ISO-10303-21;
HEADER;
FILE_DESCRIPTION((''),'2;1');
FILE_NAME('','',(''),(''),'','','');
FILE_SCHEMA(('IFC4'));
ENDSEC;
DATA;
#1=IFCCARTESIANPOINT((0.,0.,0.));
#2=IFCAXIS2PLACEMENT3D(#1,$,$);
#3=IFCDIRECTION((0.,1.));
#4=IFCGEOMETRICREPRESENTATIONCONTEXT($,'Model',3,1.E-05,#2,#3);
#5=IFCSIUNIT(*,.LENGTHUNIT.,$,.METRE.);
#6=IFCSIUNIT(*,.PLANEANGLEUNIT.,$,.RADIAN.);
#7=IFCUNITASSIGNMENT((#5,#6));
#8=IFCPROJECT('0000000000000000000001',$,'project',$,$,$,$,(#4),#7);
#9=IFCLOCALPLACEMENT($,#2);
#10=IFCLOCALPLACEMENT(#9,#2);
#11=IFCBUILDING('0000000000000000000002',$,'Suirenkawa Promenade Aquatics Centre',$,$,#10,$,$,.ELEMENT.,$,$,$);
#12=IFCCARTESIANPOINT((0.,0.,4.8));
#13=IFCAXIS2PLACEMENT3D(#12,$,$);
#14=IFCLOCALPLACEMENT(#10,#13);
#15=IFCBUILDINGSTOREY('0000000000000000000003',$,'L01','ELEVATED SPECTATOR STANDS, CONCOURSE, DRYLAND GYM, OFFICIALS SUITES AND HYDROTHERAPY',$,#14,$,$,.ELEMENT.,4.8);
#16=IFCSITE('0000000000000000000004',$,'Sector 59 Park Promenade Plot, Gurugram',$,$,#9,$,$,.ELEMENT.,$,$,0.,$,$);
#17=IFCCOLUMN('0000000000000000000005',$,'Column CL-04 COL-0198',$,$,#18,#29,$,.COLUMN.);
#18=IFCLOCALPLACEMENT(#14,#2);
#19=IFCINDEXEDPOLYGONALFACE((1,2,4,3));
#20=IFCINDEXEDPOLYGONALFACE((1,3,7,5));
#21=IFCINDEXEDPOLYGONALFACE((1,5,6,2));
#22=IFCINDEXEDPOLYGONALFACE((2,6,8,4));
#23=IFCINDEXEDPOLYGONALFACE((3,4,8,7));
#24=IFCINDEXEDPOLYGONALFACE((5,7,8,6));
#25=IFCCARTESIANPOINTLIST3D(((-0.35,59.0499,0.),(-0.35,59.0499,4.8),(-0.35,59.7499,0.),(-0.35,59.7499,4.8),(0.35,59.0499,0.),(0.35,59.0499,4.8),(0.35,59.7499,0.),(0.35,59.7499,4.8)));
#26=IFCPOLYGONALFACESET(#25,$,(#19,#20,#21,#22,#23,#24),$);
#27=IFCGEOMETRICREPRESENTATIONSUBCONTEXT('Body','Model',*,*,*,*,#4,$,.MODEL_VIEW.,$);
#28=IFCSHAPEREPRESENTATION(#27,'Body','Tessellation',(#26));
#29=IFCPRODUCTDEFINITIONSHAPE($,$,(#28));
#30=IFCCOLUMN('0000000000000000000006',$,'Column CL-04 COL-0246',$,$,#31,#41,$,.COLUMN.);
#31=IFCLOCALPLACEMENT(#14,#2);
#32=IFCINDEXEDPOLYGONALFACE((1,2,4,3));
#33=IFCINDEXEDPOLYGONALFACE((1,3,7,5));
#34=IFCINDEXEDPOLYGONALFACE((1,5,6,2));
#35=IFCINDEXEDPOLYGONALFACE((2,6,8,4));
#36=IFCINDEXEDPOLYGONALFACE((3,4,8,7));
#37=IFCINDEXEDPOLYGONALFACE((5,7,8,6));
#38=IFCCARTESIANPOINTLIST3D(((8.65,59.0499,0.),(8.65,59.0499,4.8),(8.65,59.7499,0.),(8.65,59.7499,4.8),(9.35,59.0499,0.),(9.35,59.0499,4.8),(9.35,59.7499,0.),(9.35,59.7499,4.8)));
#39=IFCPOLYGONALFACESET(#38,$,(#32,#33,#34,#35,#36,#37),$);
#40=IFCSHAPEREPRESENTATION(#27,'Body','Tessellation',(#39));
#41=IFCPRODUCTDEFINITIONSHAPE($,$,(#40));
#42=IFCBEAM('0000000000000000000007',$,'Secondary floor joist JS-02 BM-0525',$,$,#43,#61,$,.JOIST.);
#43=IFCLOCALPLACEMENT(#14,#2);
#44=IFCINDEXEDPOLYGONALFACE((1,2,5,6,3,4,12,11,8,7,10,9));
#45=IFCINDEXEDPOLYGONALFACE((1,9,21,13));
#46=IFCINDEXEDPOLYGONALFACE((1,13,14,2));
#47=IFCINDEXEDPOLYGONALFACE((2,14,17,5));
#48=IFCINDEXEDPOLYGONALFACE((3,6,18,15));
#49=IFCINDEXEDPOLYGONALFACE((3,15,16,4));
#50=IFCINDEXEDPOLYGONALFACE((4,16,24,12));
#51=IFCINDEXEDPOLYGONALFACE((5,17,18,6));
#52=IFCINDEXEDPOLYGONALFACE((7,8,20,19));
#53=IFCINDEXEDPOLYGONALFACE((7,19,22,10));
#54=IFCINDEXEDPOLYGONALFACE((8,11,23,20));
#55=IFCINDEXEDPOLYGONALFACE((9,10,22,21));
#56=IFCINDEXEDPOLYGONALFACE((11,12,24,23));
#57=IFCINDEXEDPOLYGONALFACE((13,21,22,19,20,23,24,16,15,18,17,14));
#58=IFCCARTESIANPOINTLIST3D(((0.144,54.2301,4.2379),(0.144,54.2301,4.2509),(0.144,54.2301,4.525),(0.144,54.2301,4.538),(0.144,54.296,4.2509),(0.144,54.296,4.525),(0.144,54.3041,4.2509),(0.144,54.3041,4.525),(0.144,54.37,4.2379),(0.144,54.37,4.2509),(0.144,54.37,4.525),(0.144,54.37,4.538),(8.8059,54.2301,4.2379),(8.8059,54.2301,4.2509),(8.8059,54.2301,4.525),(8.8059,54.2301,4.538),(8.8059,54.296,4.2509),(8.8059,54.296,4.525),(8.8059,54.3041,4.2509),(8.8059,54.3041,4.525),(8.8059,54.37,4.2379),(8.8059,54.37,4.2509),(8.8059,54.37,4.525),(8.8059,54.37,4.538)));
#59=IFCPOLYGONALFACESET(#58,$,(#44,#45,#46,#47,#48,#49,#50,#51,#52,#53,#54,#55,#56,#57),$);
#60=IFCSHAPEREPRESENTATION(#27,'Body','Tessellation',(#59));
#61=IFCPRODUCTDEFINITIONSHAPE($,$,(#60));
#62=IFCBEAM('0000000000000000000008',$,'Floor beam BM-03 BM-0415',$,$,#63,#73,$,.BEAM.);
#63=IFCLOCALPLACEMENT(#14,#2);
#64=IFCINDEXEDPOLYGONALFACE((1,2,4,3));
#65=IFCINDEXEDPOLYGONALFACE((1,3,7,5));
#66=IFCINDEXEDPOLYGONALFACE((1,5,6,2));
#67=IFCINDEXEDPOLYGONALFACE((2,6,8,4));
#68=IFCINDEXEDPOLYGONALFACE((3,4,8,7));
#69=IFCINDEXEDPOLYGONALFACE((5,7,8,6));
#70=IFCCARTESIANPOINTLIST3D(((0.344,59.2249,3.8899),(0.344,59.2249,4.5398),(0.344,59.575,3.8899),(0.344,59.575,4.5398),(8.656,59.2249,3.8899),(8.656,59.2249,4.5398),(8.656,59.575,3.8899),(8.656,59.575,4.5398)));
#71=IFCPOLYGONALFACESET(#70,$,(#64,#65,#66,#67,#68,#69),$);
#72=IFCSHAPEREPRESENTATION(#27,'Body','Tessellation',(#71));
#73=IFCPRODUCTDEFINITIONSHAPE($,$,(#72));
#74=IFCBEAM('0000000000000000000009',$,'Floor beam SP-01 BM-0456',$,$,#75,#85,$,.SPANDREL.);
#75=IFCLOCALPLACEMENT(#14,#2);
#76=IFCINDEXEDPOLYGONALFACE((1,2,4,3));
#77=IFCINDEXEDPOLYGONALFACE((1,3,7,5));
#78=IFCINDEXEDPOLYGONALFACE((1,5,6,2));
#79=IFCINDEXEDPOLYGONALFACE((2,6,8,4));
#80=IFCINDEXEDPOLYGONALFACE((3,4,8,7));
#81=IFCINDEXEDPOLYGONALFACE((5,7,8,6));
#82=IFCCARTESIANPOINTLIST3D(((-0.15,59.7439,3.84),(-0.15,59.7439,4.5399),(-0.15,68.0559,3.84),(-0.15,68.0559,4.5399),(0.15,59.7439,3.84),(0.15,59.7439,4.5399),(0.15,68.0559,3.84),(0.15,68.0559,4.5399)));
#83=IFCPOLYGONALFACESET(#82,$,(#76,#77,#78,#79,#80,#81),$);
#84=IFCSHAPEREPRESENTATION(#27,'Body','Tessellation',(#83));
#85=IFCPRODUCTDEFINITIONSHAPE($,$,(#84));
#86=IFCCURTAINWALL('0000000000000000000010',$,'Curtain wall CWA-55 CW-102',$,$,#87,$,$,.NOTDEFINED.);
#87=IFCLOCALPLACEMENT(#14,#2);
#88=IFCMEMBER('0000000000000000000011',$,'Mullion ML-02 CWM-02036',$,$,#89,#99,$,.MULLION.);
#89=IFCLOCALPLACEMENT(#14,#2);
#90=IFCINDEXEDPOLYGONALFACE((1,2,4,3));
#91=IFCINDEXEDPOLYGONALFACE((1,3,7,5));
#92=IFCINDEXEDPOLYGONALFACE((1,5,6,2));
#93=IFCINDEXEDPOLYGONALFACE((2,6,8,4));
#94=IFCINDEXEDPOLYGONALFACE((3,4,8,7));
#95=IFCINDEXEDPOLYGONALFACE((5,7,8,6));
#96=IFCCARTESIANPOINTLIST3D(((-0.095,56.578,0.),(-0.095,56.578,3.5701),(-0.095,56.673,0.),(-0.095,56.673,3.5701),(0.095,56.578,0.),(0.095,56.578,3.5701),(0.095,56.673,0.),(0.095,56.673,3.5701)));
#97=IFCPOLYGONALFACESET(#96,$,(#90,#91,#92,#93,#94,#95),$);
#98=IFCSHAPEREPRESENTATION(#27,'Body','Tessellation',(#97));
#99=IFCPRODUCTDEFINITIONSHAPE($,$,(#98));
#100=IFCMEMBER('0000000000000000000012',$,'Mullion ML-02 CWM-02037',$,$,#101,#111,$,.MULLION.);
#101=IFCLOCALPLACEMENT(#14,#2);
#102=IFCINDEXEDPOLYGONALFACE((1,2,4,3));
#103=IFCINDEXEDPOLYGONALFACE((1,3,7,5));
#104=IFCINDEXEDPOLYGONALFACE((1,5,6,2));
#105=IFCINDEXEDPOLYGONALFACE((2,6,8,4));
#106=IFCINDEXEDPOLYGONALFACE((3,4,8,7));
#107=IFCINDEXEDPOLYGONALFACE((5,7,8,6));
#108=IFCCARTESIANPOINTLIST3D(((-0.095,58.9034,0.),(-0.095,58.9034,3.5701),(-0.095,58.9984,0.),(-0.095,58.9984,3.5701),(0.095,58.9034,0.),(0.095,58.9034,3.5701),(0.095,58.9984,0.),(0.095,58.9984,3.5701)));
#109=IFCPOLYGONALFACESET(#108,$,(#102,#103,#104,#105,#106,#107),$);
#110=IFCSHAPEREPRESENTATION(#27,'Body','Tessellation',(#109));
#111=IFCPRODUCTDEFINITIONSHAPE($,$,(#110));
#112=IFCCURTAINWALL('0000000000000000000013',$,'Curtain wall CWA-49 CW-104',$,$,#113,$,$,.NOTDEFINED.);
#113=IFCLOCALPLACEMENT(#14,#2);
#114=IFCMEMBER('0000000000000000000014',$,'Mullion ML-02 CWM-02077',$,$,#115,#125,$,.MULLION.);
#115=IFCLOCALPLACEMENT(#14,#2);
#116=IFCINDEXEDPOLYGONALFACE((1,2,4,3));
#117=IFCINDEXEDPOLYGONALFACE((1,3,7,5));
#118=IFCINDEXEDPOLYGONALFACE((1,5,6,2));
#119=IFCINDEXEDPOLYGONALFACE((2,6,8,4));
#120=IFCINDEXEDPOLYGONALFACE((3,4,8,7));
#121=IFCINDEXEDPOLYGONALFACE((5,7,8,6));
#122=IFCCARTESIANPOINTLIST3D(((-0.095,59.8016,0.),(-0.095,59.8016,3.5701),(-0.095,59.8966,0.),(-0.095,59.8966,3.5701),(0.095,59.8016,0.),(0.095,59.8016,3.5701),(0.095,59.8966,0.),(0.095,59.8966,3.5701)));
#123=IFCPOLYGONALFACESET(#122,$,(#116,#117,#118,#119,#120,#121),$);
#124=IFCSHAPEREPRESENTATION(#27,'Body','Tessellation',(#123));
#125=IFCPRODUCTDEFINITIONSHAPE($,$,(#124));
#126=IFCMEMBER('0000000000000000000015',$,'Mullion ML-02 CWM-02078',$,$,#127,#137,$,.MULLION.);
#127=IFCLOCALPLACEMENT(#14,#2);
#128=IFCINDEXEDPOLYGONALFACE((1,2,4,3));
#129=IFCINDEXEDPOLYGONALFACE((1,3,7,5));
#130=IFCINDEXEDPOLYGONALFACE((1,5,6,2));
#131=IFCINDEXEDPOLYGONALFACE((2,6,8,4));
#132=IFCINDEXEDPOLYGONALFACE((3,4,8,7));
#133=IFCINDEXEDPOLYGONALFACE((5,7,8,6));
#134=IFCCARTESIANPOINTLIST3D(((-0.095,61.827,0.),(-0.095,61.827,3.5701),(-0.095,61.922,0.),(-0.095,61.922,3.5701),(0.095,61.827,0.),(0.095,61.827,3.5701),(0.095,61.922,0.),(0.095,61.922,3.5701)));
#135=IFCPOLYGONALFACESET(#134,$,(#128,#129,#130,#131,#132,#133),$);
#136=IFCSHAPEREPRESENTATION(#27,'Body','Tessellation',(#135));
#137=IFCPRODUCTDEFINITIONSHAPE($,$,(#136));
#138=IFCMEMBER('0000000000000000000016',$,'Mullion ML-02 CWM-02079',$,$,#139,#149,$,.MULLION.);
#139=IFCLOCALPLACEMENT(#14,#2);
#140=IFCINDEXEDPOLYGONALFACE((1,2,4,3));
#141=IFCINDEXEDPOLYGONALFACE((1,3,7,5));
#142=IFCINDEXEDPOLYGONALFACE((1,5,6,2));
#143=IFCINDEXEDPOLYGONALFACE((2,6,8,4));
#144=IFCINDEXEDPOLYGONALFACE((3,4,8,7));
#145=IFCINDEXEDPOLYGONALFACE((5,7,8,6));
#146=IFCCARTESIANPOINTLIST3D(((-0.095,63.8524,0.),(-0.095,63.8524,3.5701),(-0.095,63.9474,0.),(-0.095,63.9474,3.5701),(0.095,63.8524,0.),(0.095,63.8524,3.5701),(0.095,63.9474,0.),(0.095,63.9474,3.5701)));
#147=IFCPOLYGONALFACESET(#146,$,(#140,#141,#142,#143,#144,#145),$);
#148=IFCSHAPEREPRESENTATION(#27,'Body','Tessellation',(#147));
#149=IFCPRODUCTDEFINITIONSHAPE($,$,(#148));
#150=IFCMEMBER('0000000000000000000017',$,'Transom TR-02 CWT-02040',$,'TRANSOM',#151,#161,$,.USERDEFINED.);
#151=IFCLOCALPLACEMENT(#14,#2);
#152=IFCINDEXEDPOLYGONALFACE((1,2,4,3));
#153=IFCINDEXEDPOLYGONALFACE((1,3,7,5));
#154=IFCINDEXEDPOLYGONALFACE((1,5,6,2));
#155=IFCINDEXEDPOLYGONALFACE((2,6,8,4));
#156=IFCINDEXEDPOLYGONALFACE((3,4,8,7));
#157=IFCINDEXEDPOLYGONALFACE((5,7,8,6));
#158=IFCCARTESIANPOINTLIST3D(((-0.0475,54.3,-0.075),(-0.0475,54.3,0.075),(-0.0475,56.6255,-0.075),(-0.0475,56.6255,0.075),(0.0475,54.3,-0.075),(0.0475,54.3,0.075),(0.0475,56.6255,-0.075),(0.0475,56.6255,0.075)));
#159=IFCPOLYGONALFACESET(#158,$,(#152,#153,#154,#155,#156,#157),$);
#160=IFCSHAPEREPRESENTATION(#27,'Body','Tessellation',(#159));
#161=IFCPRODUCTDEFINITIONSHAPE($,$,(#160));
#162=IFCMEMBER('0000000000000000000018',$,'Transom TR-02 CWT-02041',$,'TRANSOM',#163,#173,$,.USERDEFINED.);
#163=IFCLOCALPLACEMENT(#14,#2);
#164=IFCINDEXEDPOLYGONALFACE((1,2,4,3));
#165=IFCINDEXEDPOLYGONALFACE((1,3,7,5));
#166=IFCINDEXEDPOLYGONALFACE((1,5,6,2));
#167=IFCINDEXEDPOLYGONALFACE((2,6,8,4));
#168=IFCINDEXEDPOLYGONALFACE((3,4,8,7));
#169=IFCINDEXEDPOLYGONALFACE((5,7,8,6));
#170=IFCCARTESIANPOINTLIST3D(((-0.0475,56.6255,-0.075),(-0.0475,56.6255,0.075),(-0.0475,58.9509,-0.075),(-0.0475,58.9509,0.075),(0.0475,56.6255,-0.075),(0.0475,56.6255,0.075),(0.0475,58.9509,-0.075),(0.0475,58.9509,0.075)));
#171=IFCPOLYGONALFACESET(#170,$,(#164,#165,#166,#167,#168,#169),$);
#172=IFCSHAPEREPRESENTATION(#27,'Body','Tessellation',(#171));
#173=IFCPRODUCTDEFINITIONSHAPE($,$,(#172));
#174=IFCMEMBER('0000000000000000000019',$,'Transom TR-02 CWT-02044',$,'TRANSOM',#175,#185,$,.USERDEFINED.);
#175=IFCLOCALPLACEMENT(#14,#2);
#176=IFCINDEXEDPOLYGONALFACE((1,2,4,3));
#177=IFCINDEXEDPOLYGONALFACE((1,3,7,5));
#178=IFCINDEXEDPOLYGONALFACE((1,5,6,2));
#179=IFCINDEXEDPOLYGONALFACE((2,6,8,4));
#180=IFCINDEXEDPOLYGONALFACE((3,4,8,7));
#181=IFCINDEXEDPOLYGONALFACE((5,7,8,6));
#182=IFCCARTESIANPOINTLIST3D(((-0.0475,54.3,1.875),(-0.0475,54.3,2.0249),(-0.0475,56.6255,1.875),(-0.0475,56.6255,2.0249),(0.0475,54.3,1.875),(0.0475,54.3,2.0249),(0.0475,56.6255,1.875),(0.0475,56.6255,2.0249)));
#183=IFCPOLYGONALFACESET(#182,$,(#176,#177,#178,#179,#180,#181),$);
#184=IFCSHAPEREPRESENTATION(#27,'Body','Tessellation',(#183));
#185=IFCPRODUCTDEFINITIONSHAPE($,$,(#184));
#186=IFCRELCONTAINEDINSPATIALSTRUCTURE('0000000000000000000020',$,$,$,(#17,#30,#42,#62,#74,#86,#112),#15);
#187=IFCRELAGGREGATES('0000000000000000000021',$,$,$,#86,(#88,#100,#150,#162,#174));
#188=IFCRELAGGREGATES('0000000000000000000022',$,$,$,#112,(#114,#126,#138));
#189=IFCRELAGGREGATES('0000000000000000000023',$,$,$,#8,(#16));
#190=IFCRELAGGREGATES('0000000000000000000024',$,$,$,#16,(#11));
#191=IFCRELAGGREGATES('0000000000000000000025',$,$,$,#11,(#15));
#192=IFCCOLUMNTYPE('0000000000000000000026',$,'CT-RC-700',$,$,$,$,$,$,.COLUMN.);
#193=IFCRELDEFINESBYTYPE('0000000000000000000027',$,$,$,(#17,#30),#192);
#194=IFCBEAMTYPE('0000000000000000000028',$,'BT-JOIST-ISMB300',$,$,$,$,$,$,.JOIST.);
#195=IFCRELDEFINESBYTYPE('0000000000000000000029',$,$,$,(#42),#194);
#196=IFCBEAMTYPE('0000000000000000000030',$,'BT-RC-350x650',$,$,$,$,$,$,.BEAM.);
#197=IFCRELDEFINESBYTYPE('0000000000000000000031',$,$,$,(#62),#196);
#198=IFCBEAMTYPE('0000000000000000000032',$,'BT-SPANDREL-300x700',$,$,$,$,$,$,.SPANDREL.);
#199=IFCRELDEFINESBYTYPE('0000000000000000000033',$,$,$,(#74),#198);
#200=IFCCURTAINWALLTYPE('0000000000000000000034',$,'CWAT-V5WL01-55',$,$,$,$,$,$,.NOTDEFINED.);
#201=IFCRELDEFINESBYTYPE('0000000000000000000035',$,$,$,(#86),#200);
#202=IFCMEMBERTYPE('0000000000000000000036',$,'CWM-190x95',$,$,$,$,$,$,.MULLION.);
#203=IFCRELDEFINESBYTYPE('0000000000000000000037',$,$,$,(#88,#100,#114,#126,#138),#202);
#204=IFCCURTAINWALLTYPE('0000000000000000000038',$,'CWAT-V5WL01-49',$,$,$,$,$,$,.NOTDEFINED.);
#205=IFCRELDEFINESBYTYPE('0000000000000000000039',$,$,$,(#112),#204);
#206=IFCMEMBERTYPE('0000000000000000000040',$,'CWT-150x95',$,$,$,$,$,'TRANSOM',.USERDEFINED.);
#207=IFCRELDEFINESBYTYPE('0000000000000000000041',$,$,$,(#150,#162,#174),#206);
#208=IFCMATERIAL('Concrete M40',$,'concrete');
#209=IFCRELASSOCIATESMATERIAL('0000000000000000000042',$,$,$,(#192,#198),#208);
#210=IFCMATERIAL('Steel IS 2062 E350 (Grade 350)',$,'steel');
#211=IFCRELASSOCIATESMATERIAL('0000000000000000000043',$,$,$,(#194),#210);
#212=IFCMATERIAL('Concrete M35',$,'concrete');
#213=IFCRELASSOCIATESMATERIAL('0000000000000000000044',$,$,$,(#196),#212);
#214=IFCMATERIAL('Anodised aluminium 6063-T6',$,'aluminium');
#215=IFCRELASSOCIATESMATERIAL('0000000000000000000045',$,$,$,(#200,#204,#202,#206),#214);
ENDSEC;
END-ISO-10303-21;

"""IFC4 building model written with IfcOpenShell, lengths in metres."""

from ifc_helpers import new_model, si_unit, direction, frame, origin, origin_2d, place, context, subcontext, project, spatial, rectangle, i_section, extrude, material, material_profile, profile_set, type_object, element, aggregate, save


model = new_model("IFC4")

# Units and contexts
model_context = context("Model", 3, precision=1e-05, world=origin(), true_north=direction((0.0, 1.0)))
body_context = subcontext(model_context, "Body", "Model", "MODEL_VIEW")
ifc_project = project(units=[si_unit("LENGTHUNIT", "METRE"), si_unit("PLANEANGLEUNIT", "RADIAN")], contexts=[model_context])

# Site, building, storey
site_placement = place(None, origin())
site = spatial("IfcSite", under=ifc_project, at=site_placement, Name="Sector 59 Park Promenade Plot, Gurugram", CompositionType="ELEMENT", RefElevation=0.0)
building_placement = place(site_placement, origin())
building = spatial("IfcBuilding", under=site, at=building_placement, Name="Suirenkawa Promenade Aquatics Centre", CompositionType="ELEMENT")
storey_placement = place(building_placement, frame((0.0, 0.0, 4.8)))
storey = spatial("IfcBuildingStorey", under=building, at=storey_placement, Name="L01", Description="ELEVATED SPECTATOR STANDS, CONCOURSE, DRYLAND GYM, OFFICIALS SUITES AND HYDROTHERAPY", CompositionType="ELEMENT", Elevation=4.8)

# Columns
ifc_material_1 = material(Name="Concrete M40", Category="concrete")
ifc_material_profile_1 = material_profile(ifc_material_1, rectangle(XDim=0.7, YDim=0.7, at=origin_2d()), Name="RC COL 700x700", Category="concrete")
ifc_profile_set_1 = profile_set([ifc_material_profile_1], Name="Concrete M40")
column_type = type_object("IfcColumnType", Name="CT-RC-700", PredefinedType="COLUMN", material=ifc_profile_set_1)
for number, where, z_axis, x_axis, name in (
    (1, (0.0, 59.3999, 0.0), (0.0, 0.0, 1.0), (1.0, 0.0, 0.0), "Column CL-04 COL-0198"),
    (2, (9.0, 59.3999, 0.0), (0.0, 0.0, 1.0), (1.0, 0.0, 0.0), "Column CL-04 COL-0246"),
):
    element("IfcColumn", number, at=place(storey_placement, frame(where, z_axis=z_axis, x_axis=x_axis)), inside=storey, type_object=column_type, Name=name, PredefinedType="COLUMN", context=body_context, shape_type="SweptSolid", body=[
        extrude(rectangle(XDim=0.7, YDim=0.7, at=origin_2d()), origin(), (0.0, 0.0, 1.0), 4.8),
    ])

# Beams
ifc_material_2 = material(Name="Steel IS 2062 E350 (Grade 350)", Category="steel")
ifc_material_profile_2 = material_profile(ifc_material_2, i_section(OverallWidth=0.1399, OverallDepth=0.3, WebThickness=0.0081, FlangeThickness=0.0129, at=origin_2d()), Name="ISMB 300", Category="steel")
ifc_profile_set_2 = profile_set([ifc_material_profile_2], Name="Steel IS 2062 E350 (Grade 350)")
beam_type_1 = type_object("IfcBeamType", Name="BT-JOIST-ISMB300", PredefinedType="JOIST", material=ifc_profile_set_2)
beam_1_placement = place(storey_placement, frame((0.144, 54.3, 4.3879), z_axis=(1.0, 0.0, 0.0), x_axis=(0.0, 1.0, 0.0)))
element("IfcBeam", 3, at=beam_1_placement, inside=storey, type_object=beam_type_1, Name="Secondary floor joist JS-02 BM-0525", PredefinedType="JOIST", context=body_context, shape_type="SweptSolid", body=[
    extrude(i_section(OverallWidth=0.1399, OverallDepth=0.3, WebThickness=0.0081, FlangeThickness=0.0129, at=origin_2d()), origin(), (0.0, 0.0, 1.0), 8.6619),
])
ifc_material_3 = material(Name="Concrete M35", Category="concrete")
ifc_material_profile_3 = material_profile(ifc_material_3, rectangle(XDim=0.3501, YDim=0.6499, at=origin_2d()), Name="RC BM 350x650", Category="concrete")
ifc_profile_set_3 = profile_set([ifc_material_profile_3], Name="Concrete M35")
beam_type_2 = type_object("IfcBeamType", Name="BT-RC-350x650", PredefinedType="BEAM", material=ifc_profile_set_3)
beam_2_placement = place(storey_placement, frame((0.344, 59.3999, 4.2148), z_axis=(1.0, 0.0, 0.0), x_axis=(0.0, 1.0, 0.0)))
element("IfcBeam", 4, at=beam_2_placement, inside=storey, type_object=beam_type_2, Name="Floor beam BM-03 BM-0415", PredefinedType="BEAM", context=body_context, shape_type="SweptSolid", body=[
    extrude(rectangle(XDim=0.3501, YDim=0.6499, at=origin_2d()), origin(), (0.0, 0.0, 1.0), 8.312),
])
ifc_material_profile_4 = material_profile(ifc_material_1, rectangle(XDim=0.3, YDim=0.7, at=origin_2d()), Name="RC SPANDREL 300x700", Category="concrete")
ifc_profile_set_4 = profile_set([ifc_material_profile_4], Name="Concrete M40")
beam_type_3 = type_object("IfcBeamType", Name="BT-SPANDREL-300x700", PredefinedType="SPANDREL", material=ifc_profile_set_4)
beam_3_placement = place(storey_placement, frame((0.0, 59.7439, 4.1899), z_axis=(0.0, 1.0, 0.0), x_axis=(-1.0, 0.0, 0.0)))
element("IfcBeam", 5, at=beam_3_placement, inside=storey, type_object=beam_type_3, Name="Floor beam SP-01 BM-0456", PredefinedType="SPANDREL", context=body_context, shape_type="SweptSolid", body=[
    extrude(rectangle(XDim=0.3, YDim=0.7, at=origin_2d()), origin(), (0.0, 0.0, 1.0), 8.312),
])

# Curtain walls, members
ifc_material_4 = material(Name="Anodised aluminium 6063-T6", Category="aluminium")
curtain_wall_type_1 = type_object("IfcCurtainWallType", Name="CWAT-V5WL01-55", PredefinedType="NOTDEFINED", material=ifc_material_4)
curtain_wall_1_placement = place(storey_placement, origin())
curtain_wall_1 = element("IfcCurtainWall", 6, at=curtain_wall_1_placement, inside=storey, type_object=curtain_wall_type_1, Name="Curtain wall CWA-55 CW-102", PredefinedType="NOTDEFINED")
ifc_material_profile_5 = material_profile(ifc_material_4, rectangle(XDim=0.095, YDim=0.1899, at=origin_2d()), Name="ALU MULL 95x190", Category="aluminium")
ifc_profile_set_5 = profile_set([ifc_material_profile_5], Name="Anodised aluminium 6063-T6")
member_type_1 = type_object("IfcMemberType", Name="CWM-190x95", PredefinedType="MULLION", material=ifc_profile_set_5)
member_1_placement = place(storey_placement, frame((0.0, 56.6255, 0.0), z_axis=(0.0, 0.0, 1.0), x_axis=(0.0, 1.0, 0.0)))
member_1 = element("IfcMember", 7, at=member_1_placement, type_object=member_type_1, Name="Mullion ML-02 CWM-02036", PredefinedType="MULLION", context=body_context, shape_type="SweptSolid", body=[
    extrude(rectangle(XDim=0.095, YDim=0.1899, at=origin_2d()), origin(), (0.0, 0.0, 1.0), 3.5701),
])
member_2_placement = place(storey_placement, frame((0.0, 58.9509, 0.0), z_axis=(0.0, 0.0, 1.0), x_axis=(0.0, 1.0, 0.0)))
member_2 = element("IfcMember", 8, at=member_2_placement, type_object=member_type_1, Name="Mullion ML-02 CWM-02037", PredefinedType="MULLION", context=body_context, shape_type="SweptSolid", body=[
    extrude(rectangle(XDim=0.095, YDim=0.1899, at=origin_2d()), origin(), (0.0, 0.0, 1.0), 3.5701),
])
curtain_wall_type_2 = type_object("IfcCurtainWallType", Name="CWAT-V5WL01-49", PredefinedType="NOTDEFINED", material=ifc_material_4)
curtain_wall_2_placement = place(storey_placement, origin())
curtain_wall_2 = element("IfcCurtainWall", 9, at=curtain_wall_2_placement, inside=storey, type_object=curtain_wall_type_2, Name="Curtain wall CWA-49 CW-104", PredefinedType="NOTDEFINED")
member_3_placement = place(storey_placement, frame((0.0, 59.8491, 0.0), z_axis=(0.0, 0.0, 1.0), x_axis=(0.0, 1.0, 0.0)))
member_3 = element("IfcMember", 10, at=member_3_placement, type_object=member_type_1, Name="Mullion ML-02 CWM-02077", PredefinedType="MULLION", context=body_context, shape_type="SweptSolid", body=[
    extrude(rectangle(XDim=0.095, YDim=0.1899, at=origin_2d()), origin(), (0.0, 0.0, 1.0), 3.5701),
])
member_4_placement = place(storey_placement, frame((0.0, 61.8745, 0.0), z_axis=(0.0, 0.0, 1.0), x_axis=(0.0, 1.0, 0.0)))
member_4 = element("IfcMember", 11, at=member_4_placement, type_object=member_type_1, Name="Mullion ML-02 CWM-02078", PredefinedType="MULLION", context=body_context, shape_type="SweptSolid", body=[
    extrude(rectangle(XDim=0.095, YDim=0.1899, at=origin_2d()), origin(), (0.0, 0.0, 1.0), 3.5701),
])
member_5_placement = place(storey_placement, frame((0.0, 63.8999, 0.0), z_axis=(0.0, 0.0, 1.0), x_axis=(0.0, 1.0, 0.0)))
member_5 = element("IfcMember", 12, at=member_5_placement, type_object=member_type_1, Name="Mullion ML-02 CWM-02079", PredefinedType="MULLION", context=body_context, shape_type="SweptSolid", body=[
    extrude(rectangle(XDim=0.095, YDim=0.1899, at=origin_2d()), origin(), (0.0, 0.0, 1.0), 3.5701),
])

# Members
ifc_material_profile_6 = material_profile(ifc_material_4, rectangle(XDim=0.095, YDim=0.1499, at=origin_2d()), Name="ALU TRAN 95x150", Category="aluminium")
ifc_profile_set_6 = profile_set([ifc_material_profile_6], Name="Anodised aluminium 6063-T6")
member_type_2 = type_object("IfcMemberType", Name="CWT-150x95", ElementType="TRANSOM", PredefinedType="USERDEFINED", material=ifc_profile_set_6)
member_6_placement = place(storey_placement, frame((0.0, 54.3, 0.0), z_axis=(0.0, 1.0, 0.0), x_axis=(-1.0, 0.0, 0.0)))
member_6 = element("IfcMember", 13, at=member_6_placement, type_object=member_type_2, Name="Transom TR-02 CWT-02040", ObjectType="TRANSOM", PredefinedType="USERDEFINED", context=body_context, shape_type="SweptSolid", body=[
    extrude(rectangle(XDim=0.095, YDim=0.1499, at=origin_2d()), origin(), (0.0, 0.0, 1.0), 2.3254),
])
member_7_placement = place(storey_placement, frame((0.0, 56.6255, 0.0), z_axis=(0.0, 1.0, 0.0), x_axis=(-1.0, 0.0, 0.0)))
member_7 = element("IfcMember", 14, at=member_7_placement, type_object=member_type_2, Name="Transom TR-02 CWT-02041", ObjectType="TRANSOM", PredefinedType="USERDEFINED", context=body_context, shape_type="SweptSolid", body=[
    extrude(rectangle(XDim=0.095, YDim=0.1499, at=origin_2d()), origin(), (0.0, 0.0, 1.0), 2.3254),
])
member_8_placement = place(storey_placement, frame((0.0, 54.3, 1.95), z_axis=(0.0, 1.0, 0.0), x_axis=(-1.0, 0.0, 0.0)))
member_8 = element("IfcMember", 15, at=member_8_placement, type_object=member_type_2, Name="Transom TR-02 CWT-02044", ObjectType="TRANSOM", PredefinedType="USERDEFINED", context=body_context, shape_type="SweptSolid", body=[
    extrude(rectangle(XDim=0.095, YDim=0.1499, at=origin_2d()), origin(), (0.0, 0.0, 1.0), 2.3254),
])

aggregate(curtain_wall_1, [member_1, member_2, member_6, member_7, member_8])
aggregate(curtain_wall_2, [member_3, member_4, member_5])

save(model, "model.ifc")
